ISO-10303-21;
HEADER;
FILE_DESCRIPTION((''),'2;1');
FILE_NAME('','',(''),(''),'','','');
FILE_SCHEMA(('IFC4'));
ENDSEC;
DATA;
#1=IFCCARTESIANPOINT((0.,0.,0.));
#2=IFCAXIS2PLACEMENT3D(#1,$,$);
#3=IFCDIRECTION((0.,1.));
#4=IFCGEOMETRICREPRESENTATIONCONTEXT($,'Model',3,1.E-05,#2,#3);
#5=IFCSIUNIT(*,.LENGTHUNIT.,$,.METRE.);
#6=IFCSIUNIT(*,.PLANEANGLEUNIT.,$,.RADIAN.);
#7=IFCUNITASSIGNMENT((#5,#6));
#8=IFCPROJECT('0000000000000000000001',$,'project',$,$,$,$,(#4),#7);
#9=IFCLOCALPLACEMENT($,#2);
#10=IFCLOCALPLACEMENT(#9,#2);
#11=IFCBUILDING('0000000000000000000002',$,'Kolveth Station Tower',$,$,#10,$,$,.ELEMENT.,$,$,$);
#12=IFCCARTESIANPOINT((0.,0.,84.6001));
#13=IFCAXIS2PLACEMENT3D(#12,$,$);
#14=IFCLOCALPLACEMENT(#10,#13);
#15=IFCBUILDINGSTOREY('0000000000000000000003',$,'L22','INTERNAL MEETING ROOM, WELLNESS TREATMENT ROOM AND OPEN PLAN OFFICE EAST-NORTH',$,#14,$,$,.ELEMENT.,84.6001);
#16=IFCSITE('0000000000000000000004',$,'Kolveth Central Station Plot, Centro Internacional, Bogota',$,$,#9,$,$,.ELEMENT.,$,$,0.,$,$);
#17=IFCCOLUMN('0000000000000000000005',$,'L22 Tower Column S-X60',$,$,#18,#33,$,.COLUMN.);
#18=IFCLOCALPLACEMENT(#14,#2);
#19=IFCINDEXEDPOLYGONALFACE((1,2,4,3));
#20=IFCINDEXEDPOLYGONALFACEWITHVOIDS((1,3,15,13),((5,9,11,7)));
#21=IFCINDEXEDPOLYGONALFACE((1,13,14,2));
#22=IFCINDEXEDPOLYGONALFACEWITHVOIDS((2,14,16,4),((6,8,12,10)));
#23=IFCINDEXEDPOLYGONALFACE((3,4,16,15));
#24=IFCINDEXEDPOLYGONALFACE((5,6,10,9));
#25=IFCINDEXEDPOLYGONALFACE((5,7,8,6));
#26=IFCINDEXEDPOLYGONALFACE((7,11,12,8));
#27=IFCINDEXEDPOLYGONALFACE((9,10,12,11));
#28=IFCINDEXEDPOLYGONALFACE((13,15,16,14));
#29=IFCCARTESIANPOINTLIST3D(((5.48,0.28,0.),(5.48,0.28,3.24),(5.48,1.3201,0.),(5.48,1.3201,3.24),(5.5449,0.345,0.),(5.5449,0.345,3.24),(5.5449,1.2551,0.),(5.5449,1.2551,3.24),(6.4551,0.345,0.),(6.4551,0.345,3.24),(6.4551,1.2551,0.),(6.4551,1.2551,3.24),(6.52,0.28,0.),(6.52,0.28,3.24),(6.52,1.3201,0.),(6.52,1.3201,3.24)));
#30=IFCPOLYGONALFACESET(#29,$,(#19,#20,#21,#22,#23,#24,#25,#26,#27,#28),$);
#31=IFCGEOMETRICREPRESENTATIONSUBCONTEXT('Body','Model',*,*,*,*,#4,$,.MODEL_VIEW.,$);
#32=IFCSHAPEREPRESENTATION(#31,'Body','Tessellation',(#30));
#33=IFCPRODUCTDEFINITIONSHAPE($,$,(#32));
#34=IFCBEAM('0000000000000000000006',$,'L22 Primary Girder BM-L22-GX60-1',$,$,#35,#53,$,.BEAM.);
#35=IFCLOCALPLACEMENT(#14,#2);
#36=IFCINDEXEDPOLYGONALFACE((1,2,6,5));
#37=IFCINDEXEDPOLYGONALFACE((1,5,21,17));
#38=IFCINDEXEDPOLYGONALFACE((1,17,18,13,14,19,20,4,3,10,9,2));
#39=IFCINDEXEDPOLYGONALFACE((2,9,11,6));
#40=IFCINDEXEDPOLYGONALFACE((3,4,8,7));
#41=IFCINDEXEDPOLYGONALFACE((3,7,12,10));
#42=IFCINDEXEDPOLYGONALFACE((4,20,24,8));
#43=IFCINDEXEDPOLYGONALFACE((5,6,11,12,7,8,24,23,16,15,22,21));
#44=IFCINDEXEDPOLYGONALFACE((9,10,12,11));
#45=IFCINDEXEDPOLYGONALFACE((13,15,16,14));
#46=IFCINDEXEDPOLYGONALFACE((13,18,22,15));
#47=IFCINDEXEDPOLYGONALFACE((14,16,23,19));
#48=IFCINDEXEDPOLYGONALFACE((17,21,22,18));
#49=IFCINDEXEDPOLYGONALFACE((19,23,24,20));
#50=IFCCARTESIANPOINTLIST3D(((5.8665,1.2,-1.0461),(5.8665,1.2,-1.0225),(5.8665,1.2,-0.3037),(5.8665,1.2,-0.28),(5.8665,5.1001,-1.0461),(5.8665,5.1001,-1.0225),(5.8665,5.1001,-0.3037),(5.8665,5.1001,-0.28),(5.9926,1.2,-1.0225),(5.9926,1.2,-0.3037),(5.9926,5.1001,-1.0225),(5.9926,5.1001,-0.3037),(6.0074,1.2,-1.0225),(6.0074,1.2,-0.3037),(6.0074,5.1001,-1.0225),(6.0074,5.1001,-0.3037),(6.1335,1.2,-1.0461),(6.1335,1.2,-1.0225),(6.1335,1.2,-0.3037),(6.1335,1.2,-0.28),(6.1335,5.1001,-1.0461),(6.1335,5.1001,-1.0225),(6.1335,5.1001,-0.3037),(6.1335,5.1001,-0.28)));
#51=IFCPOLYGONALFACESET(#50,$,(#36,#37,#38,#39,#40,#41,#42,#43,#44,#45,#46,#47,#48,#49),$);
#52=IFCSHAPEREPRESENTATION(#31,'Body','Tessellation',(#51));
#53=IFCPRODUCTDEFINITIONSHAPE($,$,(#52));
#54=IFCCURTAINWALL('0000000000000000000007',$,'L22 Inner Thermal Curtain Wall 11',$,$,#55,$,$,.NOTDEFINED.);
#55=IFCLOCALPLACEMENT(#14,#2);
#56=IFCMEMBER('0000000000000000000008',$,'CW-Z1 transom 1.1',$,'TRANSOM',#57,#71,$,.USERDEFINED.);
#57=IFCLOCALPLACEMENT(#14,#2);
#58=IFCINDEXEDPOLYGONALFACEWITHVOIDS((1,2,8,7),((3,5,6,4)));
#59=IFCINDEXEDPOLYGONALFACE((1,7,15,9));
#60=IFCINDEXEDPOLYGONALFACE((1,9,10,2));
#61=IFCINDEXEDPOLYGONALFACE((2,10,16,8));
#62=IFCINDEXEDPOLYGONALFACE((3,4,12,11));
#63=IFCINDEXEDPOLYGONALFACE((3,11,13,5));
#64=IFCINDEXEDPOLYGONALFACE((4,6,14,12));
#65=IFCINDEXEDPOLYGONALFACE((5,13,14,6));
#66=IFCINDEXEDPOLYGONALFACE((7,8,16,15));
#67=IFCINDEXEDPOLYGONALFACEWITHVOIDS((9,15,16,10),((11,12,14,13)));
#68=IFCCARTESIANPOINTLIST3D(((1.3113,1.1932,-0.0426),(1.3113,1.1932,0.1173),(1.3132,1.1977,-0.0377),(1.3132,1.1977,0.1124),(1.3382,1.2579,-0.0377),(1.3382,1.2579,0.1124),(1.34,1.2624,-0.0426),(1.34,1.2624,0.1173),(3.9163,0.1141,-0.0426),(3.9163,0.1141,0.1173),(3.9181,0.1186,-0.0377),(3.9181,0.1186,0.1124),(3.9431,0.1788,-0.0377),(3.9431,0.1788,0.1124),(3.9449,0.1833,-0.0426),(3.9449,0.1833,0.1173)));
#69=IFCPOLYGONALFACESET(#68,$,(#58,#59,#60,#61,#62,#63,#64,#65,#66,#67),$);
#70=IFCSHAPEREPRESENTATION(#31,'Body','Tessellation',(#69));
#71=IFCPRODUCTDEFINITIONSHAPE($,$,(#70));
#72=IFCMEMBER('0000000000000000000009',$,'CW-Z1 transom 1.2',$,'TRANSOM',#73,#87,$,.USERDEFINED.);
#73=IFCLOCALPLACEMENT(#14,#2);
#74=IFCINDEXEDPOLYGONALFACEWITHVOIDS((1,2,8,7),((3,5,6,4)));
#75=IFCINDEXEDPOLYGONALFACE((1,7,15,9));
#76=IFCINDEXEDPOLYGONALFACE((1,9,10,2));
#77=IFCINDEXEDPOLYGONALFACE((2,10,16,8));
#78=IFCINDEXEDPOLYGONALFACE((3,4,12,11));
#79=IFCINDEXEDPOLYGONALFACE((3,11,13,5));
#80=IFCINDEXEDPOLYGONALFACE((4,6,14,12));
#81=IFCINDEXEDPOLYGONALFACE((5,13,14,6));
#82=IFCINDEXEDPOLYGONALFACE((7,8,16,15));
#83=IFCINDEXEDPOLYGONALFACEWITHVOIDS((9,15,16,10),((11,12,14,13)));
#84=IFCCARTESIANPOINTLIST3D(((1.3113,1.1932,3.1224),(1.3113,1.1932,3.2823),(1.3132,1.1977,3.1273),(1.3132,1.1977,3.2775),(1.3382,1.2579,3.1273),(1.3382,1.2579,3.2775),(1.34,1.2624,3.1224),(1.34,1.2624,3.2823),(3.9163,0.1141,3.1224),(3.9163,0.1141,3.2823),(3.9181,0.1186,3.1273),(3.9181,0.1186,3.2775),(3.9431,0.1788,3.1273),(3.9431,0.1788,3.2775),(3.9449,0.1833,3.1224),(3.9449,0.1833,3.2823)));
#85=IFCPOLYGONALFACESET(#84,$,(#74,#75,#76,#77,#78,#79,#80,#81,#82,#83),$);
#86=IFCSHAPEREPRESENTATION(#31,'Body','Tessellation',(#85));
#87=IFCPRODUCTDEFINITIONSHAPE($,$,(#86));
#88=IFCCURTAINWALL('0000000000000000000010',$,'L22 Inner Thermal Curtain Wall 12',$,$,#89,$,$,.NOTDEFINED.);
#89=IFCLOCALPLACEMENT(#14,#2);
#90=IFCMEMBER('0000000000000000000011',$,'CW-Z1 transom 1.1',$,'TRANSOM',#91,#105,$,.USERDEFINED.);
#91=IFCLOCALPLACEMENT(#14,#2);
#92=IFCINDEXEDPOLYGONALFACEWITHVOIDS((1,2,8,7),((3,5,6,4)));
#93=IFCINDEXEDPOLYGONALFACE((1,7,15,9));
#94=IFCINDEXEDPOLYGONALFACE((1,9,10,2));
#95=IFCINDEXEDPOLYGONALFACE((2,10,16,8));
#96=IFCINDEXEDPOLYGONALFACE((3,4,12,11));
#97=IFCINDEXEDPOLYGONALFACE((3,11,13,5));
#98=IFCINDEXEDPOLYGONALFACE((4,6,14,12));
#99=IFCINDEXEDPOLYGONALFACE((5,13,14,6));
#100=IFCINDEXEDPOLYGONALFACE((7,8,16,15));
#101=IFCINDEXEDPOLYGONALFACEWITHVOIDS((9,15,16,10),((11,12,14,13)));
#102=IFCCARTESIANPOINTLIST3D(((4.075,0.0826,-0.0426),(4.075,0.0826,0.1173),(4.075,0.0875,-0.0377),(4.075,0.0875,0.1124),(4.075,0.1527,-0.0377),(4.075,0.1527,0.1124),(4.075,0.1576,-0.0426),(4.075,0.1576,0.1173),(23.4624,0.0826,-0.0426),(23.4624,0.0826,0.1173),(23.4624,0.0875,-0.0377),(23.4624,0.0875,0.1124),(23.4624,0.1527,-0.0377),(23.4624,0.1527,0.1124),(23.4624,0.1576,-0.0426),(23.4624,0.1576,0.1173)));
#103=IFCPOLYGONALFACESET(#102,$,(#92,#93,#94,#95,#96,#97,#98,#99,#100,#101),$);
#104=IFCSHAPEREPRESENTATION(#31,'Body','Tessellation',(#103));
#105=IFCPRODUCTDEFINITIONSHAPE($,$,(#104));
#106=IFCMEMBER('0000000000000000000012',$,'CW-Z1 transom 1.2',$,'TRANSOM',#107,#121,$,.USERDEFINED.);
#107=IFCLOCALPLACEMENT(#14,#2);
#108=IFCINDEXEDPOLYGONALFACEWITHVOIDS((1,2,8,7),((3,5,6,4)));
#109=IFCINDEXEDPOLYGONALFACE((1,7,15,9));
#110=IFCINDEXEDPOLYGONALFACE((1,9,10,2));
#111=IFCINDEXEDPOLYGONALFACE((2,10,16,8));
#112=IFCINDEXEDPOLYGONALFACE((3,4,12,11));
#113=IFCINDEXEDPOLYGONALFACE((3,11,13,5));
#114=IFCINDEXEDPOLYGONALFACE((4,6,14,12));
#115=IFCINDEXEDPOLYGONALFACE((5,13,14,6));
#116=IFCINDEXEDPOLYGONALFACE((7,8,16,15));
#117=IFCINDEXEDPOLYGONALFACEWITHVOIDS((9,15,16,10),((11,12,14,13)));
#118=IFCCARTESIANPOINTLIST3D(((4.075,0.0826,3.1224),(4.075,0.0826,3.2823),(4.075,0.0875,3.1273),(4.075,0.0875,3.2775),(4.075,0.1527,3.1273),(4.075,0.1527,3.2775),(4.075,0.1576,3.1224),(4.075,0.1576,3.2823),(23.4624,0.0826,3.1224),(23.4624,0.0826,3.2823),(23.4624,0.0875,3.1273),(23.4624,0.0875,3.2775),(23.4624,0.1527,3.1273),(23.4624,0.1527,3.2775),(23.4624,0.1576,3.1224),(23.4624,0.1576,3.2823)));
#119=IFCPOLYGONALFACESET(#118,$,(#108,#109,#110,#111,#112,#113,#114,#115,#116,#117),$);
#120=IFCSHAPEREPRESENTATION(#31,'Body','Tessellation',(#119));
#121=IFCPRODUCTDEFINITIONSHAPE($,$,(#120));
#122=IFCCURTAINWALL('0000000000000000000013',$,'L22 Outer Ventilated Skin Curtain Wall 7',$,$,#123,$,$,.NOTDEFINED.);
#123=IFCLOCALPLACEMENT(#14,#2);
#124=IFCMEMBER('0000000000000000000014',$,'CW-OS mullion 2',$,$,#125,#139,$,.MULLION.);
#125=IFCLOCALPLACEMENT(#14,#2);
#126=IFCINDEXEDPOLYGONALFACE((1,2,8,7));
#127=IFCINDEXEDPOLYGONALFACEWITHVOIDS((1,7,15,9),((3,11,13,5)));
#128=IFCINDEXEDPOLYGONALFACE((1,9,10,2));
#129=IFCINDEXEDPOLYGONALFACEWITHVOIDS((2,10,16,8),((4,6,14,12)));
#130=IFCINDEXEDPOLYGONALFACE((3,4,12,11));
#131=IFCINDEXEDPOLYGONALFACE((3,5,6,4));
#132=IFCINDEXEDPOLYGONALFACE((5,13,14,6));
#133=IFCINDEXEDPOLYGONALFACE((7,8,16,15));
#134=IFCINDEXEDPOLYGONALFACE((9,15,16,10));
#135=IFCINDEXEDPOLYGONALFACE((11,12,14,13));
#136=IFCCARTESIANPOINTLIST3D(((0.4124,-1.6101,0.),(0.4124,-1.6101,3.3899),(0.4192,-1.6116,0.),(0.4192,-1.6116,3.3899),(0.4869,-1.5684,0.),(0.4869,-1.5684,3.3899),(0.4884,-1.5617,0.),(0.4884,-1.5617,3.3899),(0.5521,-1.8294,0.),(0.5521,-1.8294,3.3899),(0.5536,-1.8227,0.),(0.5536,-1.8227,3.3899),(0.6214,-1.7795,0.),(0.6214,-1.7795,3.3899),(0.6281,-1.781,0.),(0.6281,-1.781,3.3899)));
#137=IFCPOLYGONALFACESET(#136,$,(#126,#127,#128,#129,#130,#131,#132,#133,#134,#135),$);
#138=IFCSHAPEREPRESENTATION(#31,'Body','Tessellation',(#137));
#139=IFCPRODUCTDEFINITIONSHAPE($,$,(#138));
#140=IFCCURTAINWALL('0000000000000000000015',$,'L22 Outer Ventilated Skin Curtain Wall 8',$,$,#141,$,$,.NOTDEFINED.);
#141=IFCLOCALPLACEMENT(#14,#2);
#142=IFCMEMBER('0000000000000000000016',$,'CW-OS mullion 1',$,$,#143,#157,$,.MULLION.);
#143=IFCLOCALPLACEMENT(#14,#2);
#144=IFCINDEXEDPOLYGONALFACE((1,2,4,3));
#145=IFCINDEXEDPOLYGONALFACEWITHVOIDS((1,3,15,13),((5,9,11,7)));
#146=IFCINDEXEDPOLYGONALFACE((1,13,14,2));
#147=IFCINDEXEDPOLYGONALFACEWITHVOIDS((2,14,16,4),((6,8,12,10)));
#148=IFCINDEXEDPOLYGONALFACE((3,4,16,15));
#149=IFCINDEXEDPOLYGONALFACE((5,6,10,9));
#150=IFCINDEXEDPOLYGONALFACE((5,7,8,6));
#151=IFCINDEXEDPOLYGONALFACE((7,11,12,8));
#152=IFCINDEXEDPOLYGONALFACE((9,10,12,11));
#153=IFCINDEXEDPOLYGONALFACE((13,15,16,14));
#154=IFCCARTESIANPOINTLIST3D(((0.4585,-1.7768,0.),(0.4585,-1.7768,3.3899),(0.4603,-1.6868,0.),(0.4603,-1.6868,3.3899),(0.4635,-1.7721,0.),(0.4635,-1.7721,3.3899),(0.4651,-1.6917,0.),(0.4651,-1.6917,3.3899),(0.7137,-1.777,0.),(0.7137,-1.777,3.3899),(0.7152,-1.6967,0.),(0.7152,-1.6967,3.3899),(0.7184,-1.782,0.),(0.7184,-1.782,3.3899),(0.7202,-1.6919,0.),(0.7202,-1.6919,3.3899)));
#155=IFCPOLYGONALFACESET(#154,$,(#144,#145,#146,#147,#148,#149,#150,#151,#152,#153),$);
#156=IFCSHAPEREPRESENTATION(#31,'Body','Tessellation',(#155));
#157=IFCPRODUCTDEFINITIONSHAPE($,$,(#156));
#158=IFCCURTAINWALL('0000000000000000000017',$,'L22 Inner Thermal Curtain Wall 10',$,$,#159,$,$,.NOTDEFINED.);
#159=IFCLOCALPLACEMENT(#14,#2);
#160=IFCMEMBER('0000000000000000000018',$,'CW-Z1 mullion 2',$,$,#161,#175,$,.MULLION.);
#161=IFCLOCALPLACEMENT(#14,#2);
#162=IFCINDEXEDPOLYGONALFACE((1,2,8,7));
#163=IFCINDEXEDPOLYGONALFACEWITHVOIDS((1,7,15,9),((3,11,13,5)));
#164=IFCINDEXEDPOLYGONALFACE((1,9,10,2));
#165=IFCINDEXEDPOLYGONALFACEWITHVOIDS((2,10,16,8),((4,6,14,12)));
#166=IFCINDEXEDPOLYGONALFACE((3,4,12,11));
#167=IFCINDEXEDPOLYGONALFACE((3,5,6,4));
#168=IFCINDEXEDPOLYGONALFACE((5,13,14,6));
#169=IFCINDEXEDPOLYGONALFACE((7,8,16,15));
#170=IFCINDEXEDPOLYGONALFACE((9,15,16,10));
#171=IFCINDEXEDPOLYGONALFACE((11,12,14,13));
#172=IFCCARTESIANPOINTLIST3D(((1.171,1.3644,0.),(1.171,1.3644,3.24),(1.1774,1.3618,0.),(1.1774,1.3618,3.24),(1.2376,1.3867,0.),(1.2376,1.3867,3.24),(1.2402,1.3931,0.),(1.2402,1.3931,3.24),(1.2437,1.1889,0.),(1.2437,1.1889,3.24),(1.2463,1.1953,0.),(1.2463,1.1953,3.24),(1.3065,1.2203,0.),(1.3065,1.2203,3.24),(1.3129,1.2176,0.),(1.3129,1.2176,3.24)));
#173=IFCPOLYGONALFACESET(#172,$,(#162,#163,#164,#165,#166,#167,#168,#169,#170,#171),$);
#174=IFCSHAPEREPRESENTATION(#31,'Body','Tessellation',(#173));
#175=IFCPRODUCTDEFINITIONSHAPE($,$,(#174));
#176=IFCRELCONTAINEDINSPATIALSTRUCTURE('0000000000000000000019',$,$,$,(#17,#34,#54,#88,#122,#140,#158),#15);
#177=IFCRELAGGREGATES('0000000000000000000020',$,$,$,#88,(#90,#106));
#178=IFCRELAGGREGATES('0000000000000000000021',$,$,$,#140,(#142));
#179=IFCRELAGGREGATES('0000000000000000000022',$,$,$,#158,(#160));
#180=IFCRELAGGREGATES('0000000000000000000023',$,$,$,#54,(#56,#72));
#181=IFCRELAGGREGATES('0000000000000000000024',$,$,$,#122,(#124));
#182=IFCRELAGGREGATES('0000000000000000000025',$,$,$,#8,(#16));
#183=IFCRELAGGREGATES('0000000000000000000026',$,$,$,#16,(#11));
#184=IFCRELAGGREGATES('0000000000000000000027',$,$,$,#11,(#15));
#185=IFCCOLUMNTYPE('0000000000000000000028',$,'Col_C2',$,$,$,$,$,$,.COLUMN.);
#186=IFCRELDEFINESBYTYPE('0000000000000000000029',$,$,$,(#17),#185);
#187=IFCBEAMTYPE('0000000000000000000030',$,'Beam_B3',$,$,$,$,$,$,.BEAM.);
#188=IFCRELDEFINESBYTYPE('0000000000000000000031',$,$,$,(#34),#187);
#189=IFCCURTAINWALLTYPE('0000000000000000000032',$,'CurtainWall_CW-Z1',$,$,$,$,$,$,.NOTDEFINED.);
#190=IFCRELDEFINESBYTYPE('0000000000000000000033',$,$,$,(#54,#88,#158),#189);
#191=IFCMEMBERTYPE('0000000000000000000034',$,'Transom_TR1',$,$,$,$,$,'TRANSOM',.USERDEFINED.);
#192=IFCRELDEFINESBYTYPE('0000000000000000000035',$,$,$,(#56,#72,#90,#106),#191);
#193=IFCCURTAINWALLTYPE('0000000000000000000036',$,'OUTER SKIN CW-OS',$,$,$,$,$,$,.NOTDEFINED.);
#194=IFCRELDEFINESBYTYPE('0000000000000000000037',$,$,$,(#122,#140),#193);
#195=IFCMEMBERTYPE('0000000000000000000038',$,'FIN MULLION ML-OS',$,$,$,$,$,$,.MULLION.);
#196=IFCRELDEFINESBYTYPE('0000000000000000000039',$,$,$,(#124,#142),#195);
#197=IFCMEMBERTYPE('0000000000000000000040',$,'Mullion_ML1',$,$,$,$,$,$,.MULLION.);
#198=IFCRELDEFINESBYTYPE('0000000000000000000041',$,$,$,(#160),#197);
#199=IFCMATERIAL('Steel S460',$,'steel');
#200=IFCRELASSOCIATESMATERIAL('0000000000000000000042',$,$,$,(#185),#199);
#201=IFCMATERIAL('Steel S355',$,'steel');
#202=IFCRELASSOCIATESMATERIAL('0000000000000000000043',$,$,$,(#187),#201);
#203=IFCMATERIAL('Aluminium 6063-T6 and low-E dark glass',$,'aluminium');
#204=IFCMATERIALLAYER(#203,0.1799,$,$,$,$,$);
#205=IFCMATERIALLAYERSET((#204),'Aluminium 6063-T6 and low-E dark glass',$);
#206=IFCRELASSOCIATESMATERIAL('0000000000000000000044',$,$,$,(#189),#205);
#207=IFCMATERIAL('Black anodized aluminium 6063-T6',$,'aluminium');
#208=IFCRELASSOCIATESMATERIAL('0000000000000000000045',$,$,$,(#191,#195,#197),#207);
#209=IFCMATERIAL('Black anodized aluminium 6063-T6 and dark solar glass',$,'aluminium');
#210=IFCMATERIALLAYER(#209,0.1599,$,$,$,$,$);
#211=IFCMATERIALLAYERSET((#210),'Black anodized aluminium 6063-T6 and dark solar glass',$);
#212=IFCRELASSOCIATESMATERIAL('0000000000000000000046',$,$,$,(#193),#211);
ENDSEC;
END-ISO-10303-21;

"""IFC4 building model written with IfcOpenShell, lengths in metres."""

from ifc_helpers import new_model, si_unit, direction, frame, origin, origin_2d, place, context, subcontext, project, spatial, hollow_rectangle, i_section, extrude, source, transform, mapped, material, layer, layer_set, material_profile, profile_set, type_object, element, aggregate, save


model = new_model("IFC4")

# Units and contexts
model_context = context("Model", 3, precision=1e-05, world=origin(), true_north=direction((0.0, 1.0)))
body_context = subcontext(model_context, "Body", "Model", "MODEL_VIEW")
ifc_project = project(units=[si_unit("LENGTHUNIT", "METRE"), si_unit("PLANEANGLEUNIT", "RADIAN")], contexts=[model_context])

# Site, building, storey
site_placement = place(None, origin())
site = spatial("IfcSite", under=ifc_project, at=site_placement, Name="Kolveth Central Station Plot, Centro Internacional, Bogota", CompositionType="ELEMENT", RefElevation=0.0)
building_placement = place(site_placement, origin())
building = spatial("IfcBuilding", under=site, at=building_placement, Name="Kolveth Station Tower", CompositionType="ELEMENT")
storey_placement = place(building_placement, frame((0.0, 0.0, 84.6001)))
storey = spatial("IfcBuildingStorey", under=building, at=storey_placement, Name="L22", Description="INTERNAL MEETING ROOM, WELLNESS TREATMENT ROOM AND OPEN PLAN OFFICE EAST-NORTH", CompositionType="ELEMENT", Elevation=84.6001)

# Column
ifc_material_1 = material(Name="Steel S460", Category="steel")
ifc_material_profile_1 = material_profile(ifc_material_1, hollow_rectangle(XDim=1.04, YDim=1.04, WallThickness=0.0649, at=origin_2d()), Name="BOX1040x1040x65")
ifc_profile_set_1 = profile_set([ifc_material_profile_1], Name="Steel S460")
column_type = type_object("IfcColumnType", Name="Col_C2", PredefinedType="COLUMN", material=ifc_profile_set_1)
shared_shape_1 = source(origin(), body_context, "Body", "SweptSolid", [
    extrude(hollow_rectangle(XDim=1.04, YDim=1.04, WallThickness=0.0649, at=origin_2d()), origin(), (0.0, 0.0, 1.0), 3.24),
])
column_placement = place(storey_placement, frame((6.0, 0.8, 0.0), z_axis=(0.0, 0.0, 1.0), x_axis=(1.0, 0.0, 0.0)))
element("IfcColumn", 1, at=column_placement, inside=storey, type_object=column_type, Name="L22 Tower Column S-X60", PredefinedType="COLUMN", context=body_context, shape_type="MappedRepresentation", body=[
    mapped(shared_shape_1, transform((0.0, 0.0, 0.0), x_axis=(1.0, 0.0, 0.0), y_axis=(0.0, 1.0, 0.0), z_axis=(0.0, 0.0, 1.0), scale=1.0)),
])

# Beam
ifc_material_2 = material(Name="Steel S355", Category="steel")
ifc_material_profile_2 = material_profile(ifc_material_2, i_section(OverallWidth=0.2671, OverallDepth=0.7661, WebThickness=0.0149, FlangeThickness=0.0237, at=origin_2d()), Name="W760x185")
ifc_profile_set_2 = profile_set([ifc_material_profile_2], Name="Steel S355")
beam_type = type_object("IfcBeamType", Name="Beam_B3", PredefinedType="BEAM", material=ifc_profile_set_2)
shared_shape_2 = source(origin(), body_context, "Body", "SweptSolid", [
    extrude(i_section(OverallWidth=0.2671, OverallDepth=0.7661, WebThickness=0.0149, FlangeThickness=0.0237, at=origin_2d()), origin(), (0.0, 0.0, 1.0), 3.9001),
])
beam_placement = place(storey_placement, frame((6.0, 1.2, -0.6631), z_axis=(0.0, 1.0, 0.0), x_axis=(-1.0, 0.0, 0.0)))
element("IfcBeam", 2, at=beam_placement, inside=storey, type_object=beam_type, Name="L22 Primary Girder BM-L22-GX60-1", PredefinedType="BEAM", context=body_context, shape_type="MappedRepresentation", body=[
    mapped(shared_shape_2, transform((0.0, 0.0, 0.0), x_axis=(1.0, 0.0, 0.0), y_axis=(0.0, 1.0, 0.0), z_axis=(0.0, 0.0, 1.0), scale=1.0)),
])

# Curtain walls, members
ifc_material_3 = material(Name="Aluminium 6063-T6 and low-E dark glass", Category="aluminium")
ifc_layer_1 = layer(ifc_material_3, 0.1799)
ifc_layer_set_1 = layer_set([ifc_layer_1], Name="Aluminium 6063-T6 and low-E dark glass")
curtain_wall_type_1 = type_object("IfcCurtainWallType", Name="CurtainWall_CW-Z1", PredefinedType="NOTDEFINED", material=ifc_layer_set_1)
curtain_wall_1_placement = place(storey_placement, origin())
curtain_wall_1 = element("IfcCurtainWall", 3, at=curtain_wall_1_placement, inside=storey, type_object=curtain_wall_type_1, Name="L22 Inner Thermal Curtain Wall 11", PredefinedType="NOTDEFINED")
ifc_material_4 = material(Name="Black anodized aluminium 6063-T6", Category="aluminium")
ifc_material_profile_3 = material_profile(ifc_material_4, hollow_rectangle(XDim=0.075, YDim=0.1599, WallThickness=0.0049, at=origin_2d()), Name="ALU-75x160x5")
ifc_profile_set_3 = profile_set([ifc_material_profile_3], Name="Black anodized aluminium 6063-T6")
member_type_1 = type_object("IfcMemberType", Name="Transom_TR1", ElementType="TRANSOM", PredefinedType="USERDEFINED", material=ifc_profile_set_3)
shared_shape_3 = source(origin(), body_context, "Body", "SweptSolid", [
    extrude(hollow_rectangle(XDim=0.075, YDim=0.1599, WallThickness=0.0049, at=origin_2d()), origin(), (0.0, 0.0, 1.0), 2.8196),
])
member_1_placement = place(storey_placement, frame((1.3257, 1.2278, 0.0374), z_axis=(0.923869, -0.382709, 0.0), x_axis=(0.382709, 0.923869, 0.0)))
member_1 = element("IfcMember", 4, at=member_1_placement, type_object=member_type_1, Name="CW-Z1 transom 1.1", ObjectType="TRANSOM", PredefinedType="USERDEFINED", context=body_context, shape_type="MappedRepresentation", body=[
    mapped(shared_shape_3, transform((0.0, 0.0, 0.0), x_axis=(1.0, 0.0, 0.0), y_axis=(0.0, 1.0, 0.0), z_axis=(0.0, 0.0, 1.0), scale=1.0)),
])
member_2_placement = place(storey_placement, frame((1.3257, 1.2278, 3.2024), z_axis=(0.923869, -0.382709, 0.0), x_axis=(0.382709, 0.923869, 0.0)))
member_2 = element("IfcMember", 5, at=member_2_placement, type_object=member_type_1, Name="CW-Z1 transom 1.2", ObjectType="TRANSOM", PredefinedType="USERDEFINED", context=body_context, shape_type="MappedRepresentation", body=[
    mapped(shared_shape_3, transform((0.0, 0.0, 0.0), x_axis=(1.0, 0.0, 0.0), y_axis=(0.0, 1.0, 0.0), z_axis=(0.0, 0.0, 1.0), scale=1.0)),
])
curtain_wall_2_placement = place(storey_placement, origin())
curtain_wall_2 = element("IfcCurtainWall", 6, at=curtain_wall_2_placement, inside=storey, type_object=curtain_wall_type_1, Name="L22 Inner Thermal Curtain Wall 12", PredefinedType="NOTDEFINED")
shared_shape_4 = source(origin(), body_context, "Body", "SweptSolid", [
    extrude(hollow_rectangle(XDim=0.075, YDim=0.1599, WallThickness=0.0049, at=origin_2d()), origin(), (0.0, 0.0, 1.0), 19.3875),
])
member_3_placement = place(storey_placement, frame((4.075, 0.1201, 0.0374), z_axis=(1.0, 0.0, 0.0), x_axis=(0.0, 1.0, 0.0)))
member_3 = element("IfcMember", 7, at=member_3_placement, type_object=member_type_1, Name="CW-Z1 transom 1.1", ObjectType="TRANSOM", PredefinedType="USERDEFINED", context=body_context, shape_type="MappedRepresentation", body=[
    mapped(shared_shape_4, transform((0.0, 0.0, 0.0), x_axis=(1.0, 0.0, 0.0), y_axis=(0.0, 1.0, 0.0), z_axis=(0.0, 0.0, 1.0), scale=1.0)),
])
member_4_placement = place(storey_placement, frame((4.075, 0.1201, 3.2024), z_axis=(1.0, 0.0, 0.0), x_axis=(0.0, 1.0, 0.0)))
member_4 = element("IfcMember", 8, at=member_4_placement, type_object=member_type_1, Name="CW-Z1 transom 1.2", ObjectType="TRANSOM", PredefinedType="USERDEFINED", context=body_context, shape_type="MappedRepresentation", body=[
    mapped(shared_shape_4, transform((0.0, 0.0, 0.0), x_axis=(1.0, 0.0, 0.0), y_axis=(0.0, 1.0, 0.0), z_axis=(0.0, 0.0, 1.0), scale=1.0)),
])

# Curtain walls, members
ifc_material_5 = material(Name="Black anodized aluminium 6063-T6 and dark solar glass", Category="aluminium")
ifc_layer_2 = layer(ifc_material_5, 0.1599)
ifc_layer_set_2 = layer_set([ifc_layer_2], Name="Black anodized aluminium 6063-T6 and dark solar glass")
curtain_wall_type_2 = type_object("IfcCurtainWallType", Name="OUTER SKIN CW-OS", PredefinedType="NOTDEFINED", material=ifc_layer_set_2)
curtain_wall_3_placement = place(storey_placement, origin())
curtain_wall_3 = element("IfcCurtainWall", 9, at=curtain_wall_3_placement, inside=storey, type_object=curtain_wall_type_2, Name="L22 Outer Ventilated Skin Curtain Wall 7", PredefinedType="NOTDEFINED")
ifc_material_profile_4 = material_profile(ifc_material_4, hollow_rectangle(XDim=0.0901, YDim=0.26, WallThickness=0.0049, at=origin_2d()), Name="ALU-90x260x5")
ifc_profile_set_4 = profile_set([ifc_material_profile_4], Name="Black anodized aluminium 6063-T6")
member_type_2 = type_object("IfcMemberType", Name="FIN MULLION ML-OS", PredefinedType="MULLION", material=ifc_profile_set_4)
shared_shape_5 = source(origin(), body_context, "Body", "SweptSolid", [
    extrude(hollow_rectangle(XDim=0.0901, YDim=0.26, WallThickness=0.0049, at=origin_2d()), origin(), (0.0, 0.0, 1.0), 3.3899),
])
member_5_placement = place(storey_placement, frame((0.5203, -1.6956, 0.0), z_axis=(0.0, 0.0, 1.0), x_axis=(0.843417, 0.53726, 0.0)))
member_5 = element("IfcMember", 10, at=member_5_placement, type_object=member_type_2, Name="CW-OS mullion 2", PredefinedType="MULLION", context=body_context, shape_type="MappedRepresentation", body=[
    mapped(shared_shape_5, transform((0.0, 0.0, 0.0), x_axis=(1.0, 0.0, 0.0), y_axis=(0.0, 1.0, 0.0), z_axis=(0.0, 0.0, 1.0), scale=1.0)),
])
curtain_wall_4_placement = place(storey_placement, origin())
curtain_wall_4 = element("IfcCurtainWall", 11, at=curtain_wall_4_placement, inside=storey, type_object=curtain_wall_type_2, Name="L22 Outer Ventilated Skin Curtain Wall 8", PredefinedType="NOTDEFINED")
member_6_placement = place(storey_placement, frame((0.5894, -1.7344, 0.0), z_axis=(0.0, 0.0, 1.0), x_axis=(0.019774, 0.999804, 0.0)))
member_6 = element("IfcMember", 12, at=member_6_placement, type_object=member_type_2, Name="CW-OS mullion 1", PredefinedType="MULLION", context=body_context, shape_type="MappedRepresentation", body=[
    mapped(shared_shape_5, transform((0.0, 0.0, 0.0), x_axis=(1.0, 0.0, 0.0), y_axis=(0.0, 1.0, 0.0), z_axis=(0.0, 0.0, 1.0), scale=1.0)),
])
curtain_wall_5_placement = place(storey_placement, origin())
curtain_wall_5 = element("IfcCurtainWall", 13, at=curtain_wall_5_placement, inside=storey, type_object=curtain_wall_type_1, Name="L22 Inner Thermal Curtain Wall 10", PredefinedType="NOTDEFINED")
ifc_material_profile_5 = material_profile(ifc_material_4, hollow_rectangle(XDim=0.075, YDim=0.1899, WallThickness=0.0049, at=origin_2d()), Name="ALU-75x190x5")
ifc_profile_set_5 = profile_set([ifc_material_profile_5], Name="Black anodized aluminium 6063-T6")
member_type_3 = type_object("IfcMemberType", Name="Mullion_ML1", PredefinedType="MULLION", material=ifc_profile_set_5)
shared_shape_6 = source(origin(), body_context, "Body", "SweptSolid", [
    extrude(hollow_rectangle(XDim=0.075, YDim=0.1899, WallThickness=0.0049, at=origin_2d()), origin(), (0.0, 0.0, 1.0), 3.24),
])
member_7_placement = place(storey_placement, frame((1.2419, 1.291, 0.0), z_axis=(0.0, 0.0, 1.0), x_axis=(0.923884, 0.382673, 0.0)))
member_7 = element("IfcMember", 14, at=member_7_placement, type_object=member_type_3, Name="CW-Z1 mullion 2", PredefinedType="MULLION", context=body_context, shape_type="MappedRepresentation", body=[
    mapped(shared_shape_6, transform((0.0, 0.0, 0.0), x_axis=(1.0, 0.0, 0.0), y_axis=(0.0, 1.0, 0.0), z_axis=(0.0, 0.0, 1.0), scale=1.0)),
])

aggregate(curtain_wall_2, [member_3, member_4])
aggregate(curtain_wall_4, [member_6])

aggregate(curtain_wall_5, [member_7])
aggregate(curtain_wall_1, [member_1, member_2])
aggregate(curtain_wall_3, [member_5])

save(model, "model.ifc")
